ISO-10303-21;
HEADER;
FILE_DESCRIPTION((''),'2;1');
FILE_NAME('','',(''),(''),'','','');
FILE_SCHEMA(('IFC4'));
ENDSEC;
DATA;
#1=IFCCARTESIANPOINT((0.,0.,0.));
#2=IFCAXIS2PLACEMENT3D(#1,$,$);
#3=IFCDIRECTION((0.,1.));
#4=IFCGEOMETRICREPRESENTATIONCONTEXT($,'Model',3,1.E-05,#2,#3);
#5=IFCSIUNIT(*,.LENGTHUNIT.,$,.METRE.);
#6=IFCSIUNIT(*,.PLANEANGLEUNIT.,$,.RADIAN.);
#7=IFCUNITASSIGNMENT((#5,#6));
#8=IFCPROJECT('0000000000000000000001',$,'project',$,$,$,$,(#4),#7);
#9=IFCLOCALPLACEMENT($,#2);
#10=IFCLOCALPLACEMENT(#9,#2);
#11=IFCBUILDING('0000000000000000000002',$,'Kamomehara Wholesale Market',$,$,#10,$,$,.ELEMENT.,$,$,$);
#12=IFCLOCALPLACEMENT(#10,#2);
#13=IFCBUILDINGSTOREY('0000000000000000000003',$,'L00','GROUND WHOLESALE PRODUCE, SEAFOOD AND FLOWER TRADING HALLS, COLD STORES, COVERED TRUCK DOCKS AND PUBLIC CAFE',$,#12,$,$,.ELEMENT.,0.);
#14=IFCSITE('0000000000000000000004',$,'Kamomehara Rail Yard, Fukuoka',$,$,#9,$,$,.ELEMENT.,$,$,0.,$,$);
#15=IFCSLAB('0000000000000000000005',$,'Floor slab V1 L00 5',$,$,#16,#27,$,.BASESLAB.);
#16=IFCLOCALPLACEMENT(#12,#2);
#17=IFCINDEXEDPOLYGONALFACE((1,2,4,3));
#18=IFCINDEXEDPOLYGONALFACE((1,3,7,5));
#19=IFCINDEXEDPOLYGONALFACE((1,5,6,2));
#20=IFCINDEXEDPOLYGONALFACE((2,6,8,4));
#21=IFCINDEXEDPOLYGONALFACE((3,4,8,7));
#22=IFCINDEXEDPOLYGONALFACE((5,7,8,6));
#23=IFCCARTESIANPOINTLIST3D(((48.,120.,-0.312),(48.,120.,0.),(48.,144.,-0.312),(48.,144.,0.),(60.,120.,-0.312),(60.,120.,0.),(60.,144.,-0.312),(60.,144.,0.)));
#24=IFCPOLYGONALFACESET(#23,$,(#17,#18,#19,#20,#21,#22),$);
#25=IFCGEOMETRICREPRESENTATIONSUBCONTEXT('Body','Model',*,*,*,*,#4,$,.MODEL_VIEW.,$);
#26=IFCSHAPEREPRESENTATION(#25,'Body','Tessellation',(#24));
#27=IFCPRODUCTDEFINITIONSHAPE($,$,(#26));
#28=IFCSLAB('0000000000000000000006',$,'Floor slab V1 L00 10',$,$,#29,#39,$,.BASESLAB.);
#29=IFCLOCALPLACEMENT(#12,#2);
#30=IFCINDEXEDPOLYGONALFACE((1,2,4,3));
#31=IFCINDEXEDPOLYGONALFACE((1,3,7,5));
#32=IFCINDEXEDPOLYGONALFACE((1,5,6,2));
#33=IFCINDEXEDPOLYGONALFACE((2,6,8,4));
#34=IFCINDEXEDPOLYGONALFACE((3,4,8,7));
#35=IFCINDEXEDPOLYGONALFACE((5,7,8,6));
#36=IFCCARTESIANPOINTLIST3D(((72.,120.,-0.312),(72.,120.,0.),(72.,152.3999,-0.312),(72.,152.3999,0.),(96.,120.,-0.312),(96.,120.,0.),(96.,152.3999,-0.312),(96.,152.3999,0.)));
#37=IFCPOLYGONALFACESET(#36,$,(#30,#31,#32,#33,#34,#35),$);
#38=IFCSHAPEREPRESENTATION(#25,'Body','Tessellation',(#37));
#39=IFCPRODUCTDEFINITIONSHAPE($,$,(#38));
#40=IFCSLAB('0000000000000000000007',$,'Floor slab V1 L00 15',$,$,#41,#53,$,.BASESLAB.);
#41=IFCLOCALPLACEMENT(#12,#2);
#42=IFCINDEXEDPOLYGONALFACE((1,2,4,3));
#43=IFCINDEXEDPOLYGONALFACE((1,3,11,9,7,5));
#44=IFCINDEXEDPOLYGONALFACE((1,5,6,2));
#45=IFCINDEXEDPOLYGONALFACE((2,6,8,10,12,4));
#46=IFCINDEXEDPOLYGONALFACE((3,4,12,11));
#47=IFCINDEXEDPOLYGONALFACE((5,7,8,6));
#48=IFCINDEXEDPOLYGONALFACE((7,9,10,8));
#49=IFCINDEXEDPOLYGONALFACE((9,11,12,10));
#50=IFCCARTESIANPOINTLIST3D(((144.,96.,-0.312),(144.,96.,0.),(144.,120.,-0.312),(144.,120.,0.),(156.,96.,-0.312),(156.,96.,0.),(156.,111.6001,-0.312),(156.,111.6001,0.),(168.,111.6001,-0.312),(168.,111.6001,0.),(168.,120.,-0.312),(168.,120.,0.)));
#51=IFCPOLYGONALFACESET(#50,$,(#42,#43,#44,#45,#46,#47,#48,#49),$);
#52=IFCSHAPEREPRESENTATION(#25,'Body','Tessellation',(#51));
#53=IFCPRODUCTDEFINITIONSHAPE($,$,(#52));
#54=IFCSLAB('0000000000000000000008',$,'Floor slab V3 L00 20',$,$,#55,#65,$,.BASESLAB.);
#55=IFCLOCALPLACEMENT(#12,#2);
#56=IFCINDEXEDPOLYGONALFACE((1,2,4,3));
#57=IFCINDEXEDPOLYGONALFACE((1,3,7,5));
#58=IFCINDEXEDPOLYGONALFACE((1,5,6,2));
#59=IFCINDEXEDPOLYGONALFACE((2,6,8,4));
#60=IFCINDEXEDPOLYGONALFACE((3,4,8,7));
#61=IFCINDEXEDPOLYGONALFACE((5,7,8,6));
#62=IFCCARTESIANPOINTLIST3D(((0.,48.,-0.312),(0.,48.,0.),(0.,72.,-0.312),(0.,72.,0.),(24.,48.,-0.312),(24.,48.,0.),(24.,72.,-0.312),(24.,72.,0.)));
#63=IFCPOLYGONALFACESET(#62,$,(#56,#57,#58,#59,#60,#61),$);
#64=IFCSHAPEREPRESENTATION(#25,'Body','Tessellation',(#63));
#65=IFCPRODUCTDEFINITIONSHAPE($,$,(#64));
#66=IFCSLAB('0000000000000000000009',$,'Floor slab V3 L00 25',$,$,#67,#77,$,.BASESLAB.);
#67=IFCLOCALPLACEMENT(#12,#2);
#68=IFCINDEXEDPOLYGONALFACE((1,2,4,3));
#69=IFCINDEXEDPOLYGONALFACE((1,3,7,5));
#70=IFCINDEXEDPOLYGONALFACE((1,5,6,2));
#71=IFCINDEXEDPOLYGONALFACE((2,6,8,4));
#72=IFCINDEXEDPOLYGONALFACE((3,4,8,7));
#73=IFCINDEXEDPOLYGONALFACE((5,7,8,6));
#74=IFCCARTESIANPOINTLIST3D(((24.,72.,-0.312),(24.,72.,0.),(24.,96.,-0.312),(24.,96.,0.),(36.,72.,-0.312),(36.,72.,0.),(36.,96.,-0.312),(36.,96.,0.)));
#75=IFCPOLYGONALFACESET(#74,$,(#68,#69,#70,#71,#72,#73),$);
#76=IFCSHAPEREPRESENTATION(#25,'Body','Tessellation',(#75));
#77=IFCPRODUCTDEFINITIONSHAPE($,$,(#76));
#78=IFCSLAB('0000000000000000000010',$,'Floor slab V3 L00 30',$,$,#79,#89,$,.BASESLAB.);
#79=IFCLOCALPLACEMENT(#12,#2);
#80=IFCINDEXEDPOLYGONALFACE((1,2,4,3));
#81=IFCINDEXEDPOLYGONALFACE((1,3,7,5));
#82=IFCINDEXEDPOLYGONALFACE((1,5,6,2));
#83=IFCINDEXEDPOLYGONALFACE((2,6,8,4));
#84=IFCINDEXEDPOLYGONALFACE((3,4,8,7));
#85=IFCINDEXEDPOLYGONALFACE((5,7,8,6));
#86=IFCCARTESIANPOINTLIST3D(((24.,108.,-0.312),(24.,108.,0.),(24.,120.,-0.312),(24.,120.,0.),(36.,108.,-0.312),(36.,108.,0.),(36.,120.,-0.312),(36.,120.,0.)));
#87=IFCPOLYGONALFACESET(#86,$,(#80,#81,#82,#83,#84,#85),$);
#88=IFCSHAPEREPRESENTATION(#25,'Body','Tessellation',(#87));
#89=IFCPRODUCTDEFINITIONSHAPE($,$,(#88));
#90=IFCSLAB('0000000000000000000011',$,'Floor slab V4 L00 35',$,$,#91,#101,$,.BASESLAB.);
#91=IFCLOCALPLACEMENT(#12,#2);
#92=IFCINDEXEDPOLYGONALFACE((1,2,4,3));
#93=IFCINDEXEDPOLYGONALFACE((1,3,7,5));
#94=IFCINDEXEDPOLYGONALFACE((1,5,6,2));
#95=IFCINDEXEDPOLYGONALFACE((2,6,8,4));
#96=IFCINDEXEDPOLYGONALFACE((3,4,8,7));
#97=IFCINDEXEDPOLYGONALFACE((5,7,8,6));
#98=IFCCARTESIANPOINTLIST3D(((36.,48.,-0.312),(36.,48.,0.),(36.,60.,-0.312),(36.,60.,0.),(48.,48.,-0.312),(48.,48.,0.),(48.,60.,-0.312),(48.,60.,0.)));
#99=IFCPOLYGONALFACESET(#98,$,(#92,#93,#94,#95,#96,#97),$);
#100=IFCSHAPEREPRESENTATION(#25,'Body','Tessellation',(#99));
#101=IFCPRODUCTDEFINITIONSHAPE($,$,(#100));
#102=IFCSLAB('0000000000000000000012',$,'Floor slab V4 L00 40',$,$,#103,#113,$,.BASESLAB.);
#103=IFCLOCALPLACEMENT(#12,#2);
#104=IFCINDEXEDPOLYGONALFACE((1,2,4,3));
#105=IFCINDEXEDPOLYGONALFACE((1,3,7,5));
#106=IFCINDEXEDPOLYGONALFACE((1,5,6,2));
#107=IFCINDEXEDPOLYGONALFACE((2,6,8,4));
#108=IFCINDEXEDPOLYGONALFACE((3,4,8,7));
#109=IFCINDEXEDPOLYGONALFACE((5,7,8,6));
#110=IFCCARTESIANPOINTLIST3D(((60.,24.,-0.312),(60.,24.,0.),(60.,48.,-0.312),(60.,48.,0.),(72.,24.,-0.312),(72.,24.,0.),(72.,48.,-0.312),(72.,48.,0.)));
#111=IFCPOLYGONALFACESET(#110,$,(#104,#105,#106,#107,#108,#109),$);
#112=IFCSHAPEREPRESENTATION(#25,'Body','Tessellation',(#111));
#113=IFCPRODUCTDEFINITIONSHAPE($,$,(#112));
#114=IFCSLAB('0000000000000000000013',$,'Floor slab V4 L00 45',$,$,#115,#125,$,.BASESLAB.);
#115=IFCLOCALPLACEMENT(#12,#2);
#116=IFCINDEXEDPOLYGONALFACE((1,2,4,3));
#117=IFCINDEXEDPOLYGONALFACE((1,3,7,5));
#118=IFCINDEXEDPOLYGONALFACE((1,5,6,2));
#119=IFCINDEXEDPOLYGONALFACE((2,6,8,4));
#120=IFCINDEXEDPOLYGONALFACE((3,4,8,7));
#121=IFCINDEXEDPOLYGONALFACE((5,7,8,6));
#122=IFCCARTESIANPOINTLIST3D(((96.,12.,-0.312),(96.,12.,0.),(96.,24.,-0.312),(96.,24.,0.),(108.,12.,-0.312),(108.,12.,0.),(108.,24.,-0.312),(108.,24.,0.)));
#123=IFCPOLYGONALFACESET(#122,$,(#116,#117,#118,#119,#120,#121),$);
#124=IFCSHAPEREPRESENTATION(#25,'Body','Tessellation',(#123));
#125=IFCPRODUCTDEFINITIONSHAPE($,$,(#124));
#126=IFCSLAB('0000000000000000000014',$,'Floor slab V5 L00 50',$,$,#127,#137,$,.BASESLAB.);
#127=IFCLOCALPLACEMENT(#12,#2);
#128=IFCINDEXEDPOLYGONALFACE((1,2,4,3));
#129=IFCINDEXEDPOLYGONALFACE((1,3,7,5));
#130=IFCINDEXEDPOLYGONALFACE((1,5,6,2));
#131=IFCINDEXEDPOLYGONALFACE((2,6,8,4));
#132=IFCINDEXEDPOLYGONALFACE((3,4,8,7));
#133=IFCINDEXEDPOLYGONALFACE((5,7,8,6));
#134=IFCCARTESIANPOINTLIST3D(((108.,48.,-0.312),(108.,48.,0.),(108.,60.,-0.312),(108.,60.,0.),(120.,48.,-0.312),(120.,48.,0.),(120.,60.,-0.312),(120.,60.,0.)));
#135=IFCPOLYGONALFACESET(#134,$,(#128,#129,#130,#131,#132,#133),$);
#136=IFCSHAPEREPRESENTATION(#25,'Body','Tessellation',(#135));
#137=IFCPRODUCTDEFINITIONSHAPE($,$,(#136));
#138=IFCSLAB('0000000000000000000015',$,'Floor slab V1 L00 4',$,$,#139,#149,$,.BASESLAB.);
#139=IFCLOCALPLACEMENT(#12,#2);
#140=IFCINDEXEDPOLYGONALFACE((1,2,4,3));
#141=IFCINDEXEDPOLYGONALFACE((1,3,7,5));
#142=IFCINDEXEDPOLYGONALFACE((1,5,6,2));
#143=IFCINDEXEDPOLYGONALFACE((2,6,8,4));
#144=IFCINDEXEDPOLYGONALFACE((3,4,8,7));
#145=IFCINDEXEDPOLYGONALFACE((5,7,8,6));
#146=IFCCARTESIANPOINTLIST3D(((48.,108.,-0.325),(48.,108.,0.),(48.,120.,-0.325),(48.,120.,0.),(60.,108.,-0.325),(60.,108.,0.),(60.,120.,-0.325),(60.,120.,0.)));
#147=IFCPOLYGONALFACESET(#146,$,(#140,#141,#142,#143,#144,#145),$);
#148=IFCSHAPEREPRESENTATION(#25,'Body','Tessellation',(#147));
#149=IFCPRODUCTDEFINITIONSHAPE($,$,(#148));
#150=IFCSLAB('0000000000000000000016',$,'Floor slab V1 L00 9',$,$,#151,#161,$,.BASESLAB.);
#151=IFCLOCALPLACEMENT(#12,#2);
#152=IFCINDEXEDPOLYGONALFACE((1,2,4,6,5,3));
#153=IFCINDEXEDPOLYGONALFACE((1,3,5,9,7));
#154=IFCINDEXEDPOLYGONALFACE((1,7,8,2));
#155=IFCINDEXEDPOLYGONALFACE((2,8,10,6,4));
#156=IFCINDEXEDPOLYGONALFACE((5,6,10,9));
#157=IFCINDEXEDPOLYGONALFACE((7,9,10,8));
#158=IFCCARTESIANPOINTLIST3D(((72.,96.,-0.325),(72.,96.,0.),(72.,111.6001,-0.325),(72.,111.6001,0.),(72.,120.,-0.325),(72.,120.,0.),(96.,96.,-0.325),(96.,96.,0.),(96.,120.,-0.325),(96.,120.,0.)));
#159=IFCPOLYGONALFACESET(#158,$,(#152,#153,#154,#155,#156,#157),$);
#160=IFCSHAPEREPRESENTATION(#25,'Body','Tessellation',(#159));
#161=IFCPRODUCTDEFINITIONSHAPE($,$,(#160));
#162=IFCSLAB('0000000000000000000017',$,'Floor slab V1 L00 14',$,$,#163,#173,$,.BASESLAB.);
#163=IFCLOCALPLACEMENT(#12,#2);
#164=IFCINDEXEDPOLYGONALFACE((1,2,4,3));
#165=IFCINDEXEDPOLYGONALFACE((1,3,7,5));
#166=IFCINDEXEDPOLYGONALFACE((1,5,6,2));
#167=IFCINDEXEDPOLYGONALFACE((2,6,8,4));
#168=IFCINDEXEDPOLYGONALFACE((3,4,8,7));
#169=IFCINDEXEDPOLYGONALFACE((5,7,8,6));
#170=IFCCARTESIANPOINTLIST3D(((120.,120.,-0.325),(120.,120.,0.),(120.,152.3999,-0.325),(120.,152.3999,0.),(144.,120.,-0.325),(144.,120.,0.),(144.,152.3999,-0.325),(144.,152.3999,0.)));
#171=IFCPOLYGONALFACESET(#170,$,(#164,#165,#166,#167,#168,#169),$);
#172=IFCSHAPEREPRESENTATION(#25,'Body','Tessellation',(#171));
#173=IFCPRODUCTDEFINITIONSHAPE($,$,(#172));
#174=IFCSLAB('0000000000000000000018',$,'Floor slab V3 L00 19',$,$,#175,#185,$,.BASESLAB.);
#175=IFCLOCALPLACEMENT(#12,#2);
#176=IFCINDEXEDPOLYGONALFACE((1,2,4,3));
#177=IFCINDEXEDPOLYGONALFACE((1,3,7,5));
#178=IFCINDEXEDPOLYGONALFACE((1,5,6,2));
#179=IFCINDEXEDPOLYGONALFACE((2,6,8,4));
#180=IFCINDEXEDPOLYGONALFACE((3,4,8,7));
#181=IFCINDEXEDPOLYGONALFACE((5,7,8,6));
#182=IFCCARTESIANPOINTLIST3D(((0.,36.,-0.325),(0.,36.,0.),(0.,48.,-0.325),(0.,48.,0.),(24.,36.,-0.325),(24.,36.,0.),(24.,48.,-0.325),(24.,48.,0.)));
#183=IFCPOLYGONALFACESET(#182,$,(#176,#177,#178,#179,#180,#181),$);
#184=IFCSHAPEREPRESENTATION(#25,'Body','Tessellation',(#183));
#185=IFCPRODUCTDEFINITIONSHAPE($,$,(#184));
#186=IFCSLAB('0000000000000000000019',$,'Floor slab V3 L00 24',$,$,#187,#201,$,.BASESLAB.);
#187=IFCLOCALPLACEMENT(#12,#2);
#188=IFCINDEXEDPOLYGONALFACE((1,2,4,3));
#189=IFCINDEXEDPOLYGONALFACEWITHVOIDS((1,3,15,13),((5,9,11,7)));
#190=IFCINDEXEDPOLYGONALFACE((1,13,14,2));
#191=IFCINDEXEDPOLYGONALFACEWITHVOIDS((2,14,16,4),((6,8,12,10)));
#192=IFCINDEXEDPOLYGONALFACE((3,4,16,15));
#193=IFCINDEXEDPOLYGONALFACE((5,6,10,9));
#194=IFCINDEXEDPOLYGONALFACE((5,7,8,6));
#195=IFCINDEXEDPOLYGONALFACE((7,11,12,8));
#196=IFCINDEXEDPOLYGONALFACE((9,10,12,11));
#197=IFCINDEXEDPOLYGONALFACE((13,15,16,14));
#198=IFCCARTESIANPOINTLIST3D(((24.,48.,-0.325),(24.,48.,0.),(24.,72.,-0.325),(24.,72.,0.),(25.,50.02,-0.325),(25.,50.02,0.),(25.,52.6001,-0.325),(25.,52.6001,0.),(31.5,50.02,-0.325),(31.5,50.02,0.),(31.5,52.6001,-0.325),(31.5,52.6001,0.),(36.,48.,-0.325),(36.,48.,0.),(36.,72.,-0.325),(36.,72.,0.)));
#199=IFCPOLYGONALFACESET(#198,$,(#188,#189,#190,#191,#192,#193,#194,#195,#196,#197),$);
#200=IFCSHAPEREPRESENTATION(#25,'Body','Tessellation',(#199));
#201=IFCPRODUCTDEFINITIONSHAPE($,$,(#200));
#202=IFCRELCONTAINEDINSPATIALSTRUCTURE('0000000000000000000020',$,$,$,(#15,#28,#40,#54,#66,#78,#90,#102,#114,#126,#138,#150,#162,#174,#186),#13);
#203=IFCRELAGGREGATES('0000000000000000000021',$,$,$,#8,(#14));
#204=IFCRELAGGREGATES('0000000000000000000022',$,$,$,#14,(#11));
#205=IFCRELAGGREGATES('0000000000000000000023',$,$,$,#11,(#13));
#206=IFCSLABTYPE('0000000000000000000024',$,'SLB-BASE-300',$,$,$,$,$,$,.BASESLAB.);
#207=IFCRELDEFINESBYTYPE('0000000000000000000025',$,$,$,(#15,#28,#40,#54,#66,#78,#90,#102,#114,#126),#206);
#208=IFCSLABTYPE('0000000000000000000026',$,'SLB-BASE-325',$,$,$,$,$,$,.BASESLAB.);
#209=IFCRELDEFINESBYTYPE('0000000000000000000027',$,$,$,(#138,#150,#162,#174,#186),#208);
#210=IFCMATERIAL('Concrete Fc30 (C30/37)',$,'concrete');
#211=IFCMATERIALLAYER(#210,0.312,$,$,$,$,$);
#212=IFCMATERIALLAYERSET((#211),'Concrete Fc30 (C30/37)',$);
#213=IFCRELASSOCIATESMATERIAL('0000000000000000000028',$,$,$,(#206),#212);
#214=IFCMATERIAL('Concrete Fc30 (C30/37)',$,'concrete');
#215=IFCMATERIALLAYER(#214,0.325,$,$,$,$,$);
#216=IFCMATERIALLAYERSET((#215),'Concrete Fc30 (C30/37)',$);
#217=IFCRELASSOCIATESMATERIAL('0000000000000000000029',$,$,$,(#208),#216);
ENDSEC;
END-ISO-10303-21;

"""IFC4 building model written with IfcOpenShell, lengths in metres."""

from ifc_helpers import new_model, si_unit, direction, frame, origin, place, context, subcontext, project, spatial, polyline, outline, extrude, material, layer, layer_set, type_object, element, save


model = new_model("IFC4")

# Units and contexts
model_context = context("Model", 3, precision=1e-05, world=origin(), true_north=direction((0.0, 1.0)))
body_context = subcontext(model_context, "Body", "Model", "MODEL_VIEW")
ifc_project = project(units=[si_unit("LENGTHUNIT", "METRE"), si_unit("PLANEANGLEUNIT", "RADIAN")], contexts=[model_context])

# Site, building, storey
site_placement = place(None, origin())
site = spatial("IfcSite", under=ifc_project, at=site_placement, Name="Kamomehara Rail Yard, Fukuoka", CompositionType="ELEMENT", RefElevation=0.0)
building_placement = place(site_placement, origin())
building = spatial("IfcBuilding", under=site, at=building_placement, Name="Kamomehara Wholesale Market", CompositionType="ELEMENT")
storey_placement = place(building_placement, origin())
storey = spatial("IfcBuildingStorey", under=building, at=storey_placement, Name="L00", Description="GROUND WHOLESALE PRODUCE, SEAFOOD AND FLOWER TRADING HALLS, COLD STORES, COVERED TRUCK DOCKS AND PUBLIC CAFE", CompositionType="ELEMENT", Elevation=0.0)

# Slabs
ifc_material_1 = material(Name="Concrete Fc30 (C30/37)", Category="concrete")
ifc_layer_1 = layer(ifc_material_1, 0.312)
ifc_layer_set_1 = layer_set([ifc_layer_1], Name="Concrete Fc30 (C30/37)")
slab_type_1 = type_object("IfcSlabType", Name="SLB-BASE-300", PredefinedType="BASESLAB", material=ifc_layer_set_1)
slab_1_placement = place(storey_placement, frame((0.0, 0.0, -0.312)))
element("IfcSlab", 1, at=slab_1_placement, inside=storey, type_object=slab_type_1, Name="Floor slab V1 L00 5", PredefinedType="BASESLAB", context=body_context, shape_type="SweptSolid", body=[
    extrude(outline(polyline([(60.0, 120.0), (48.0, 120.0), (48.0, 144.0), (60.0, 144.0), (60.0, 120.0)])), origin(), (0.0, 0.0, 1.0), 0.312),
])
slab_2_placement = place(storey_placement, frame((0.0, 0.0, -0.312)))
element("IfcSlab", 2, at=slab_2_placement, inside=storey, type_object=slab_type_1, Name="Floor slab V1 L00 10", PredefinedType="BASESLAB", context=body_context, shape_type="SweptSolid", body=[
    extrude(outline(polyline([(96.0, 120.0), (72.0, 120.0), (72.0, 152.3999), (96.0, 152.3999), (96.0, 120.0)])), origin(), (0.0, 0.0, 1.0), 0.312),
])
slab_3_placement = place(storey_placement, frame((0.0, 0.0, -0.312)))
element("IfcSlab", 3, at=slab_3_placement, inside=storey, type_object=slab_type_1, Name="Floor slab V1 L00 15", PredefinedType="BASESLAB", context=body_context, shape_type="SweptSolid", body=[
    extrude(outline(polyline([(144.0, 120.0), (168.0, 120.0), (168.0, 111.6001), (156.0, 111.6001), (156.0, 96.0), (144.0, 96.0), (144.0, 120.0)])), origin(), (0.0, 0.0, 1.0), 0.312),
])
slab_4_placement = place(storey_placement, frame((0.0, 0.0, -0.312)))
element("IfcSlab", 4, at=slab_4_placement, inside=storey, type_object=slab_type_1, Name="Floor slab V3 L00 20", PredefinedType="BASESLAB", context=body_context, shape_type="SweptSolid", body=[
    extrude(outline(polyline([(24.0, 72.0), (24.0, 48.0), (0.0, 48.0), (0.0, 72.0), (24.0, 72.0)])), origin(), (0.0, 0.0, 1.0), 0.312),
])
slab_5_placement = place(storey_placement, frame((0.0, 0.0, -0.312)))
element("IfcSlab", 5, at=slab_5_placement, inside=storey, type_object=slab_type_1, Name="Floor slab V3 L00 25", PredefinedType="BASESLAB", context=body_context, shape_type="SweptSolid", body=[
    extrude(outline(polyline([(36.0, 72.0), (24.0, 72.0), (24.0, 96.0), (36.0, 96.0), (36.0, 72.0)])), origin(), (0.0, 0.0, 1.0), 0.312),
])
slab_6_placement = place(storey_placement, frame((0.0, 0.0, -0.312)))
element("IfcSlab", 6, at=slab_6_placement, inside=storey, type_object=slab_type_1, Name="Floor slab V3 L00 30", PredefinedType="BASESLAB", context=body_context, shape_type="SweptSolid", body=[
    extrude(outline(polyline([(36.0, 108.0), (24.0, 108.0), (24.0, 120.0), (36.0, 120.0), (36.0, 108.0)])), origin(), (0.0, 0.0, 1.0), 0.312),
])
slab_7_placement = place(storey_placement, frame((0.0, 0.0, -0.312)))
element("IfcSlab", 7, at=slab_7_placement, inside=storey, type_object=slab_type_1, Name="Floor slab V4 L00 35", PredefinedType="BASESLAB", context=body_context, shape_type="SweptSolid", body=[
    extrude(outline(polyline([(48.0, 48.0), (36.0, 48.0), (36.0, 60.0), (48.0, 60.0), (48.0, 48.0)])), origin(), (0.0, 0.0, 1.0), 0.312),
])
slab_8_placement = place(storey_placement, frame((0.0, 0.0, -0.312)))
element("IfcSlab", 8, at=slab_8_placement, inside=storey, type_object=slab_type_1, Name="Floor slab V4 L00 40", PredefinedType="BASESLAB", context=body_context, shape_type="SweptSolid", body=[
    extrude(outline(polyline([(72.0, 48.0), (72.0, 24.0), (60.0, 24.0), (60.0, 48.0), (72.0, 48.0)])), origin(), (0.0, 0.0, 1.0), 0.312),
])
slab_9_placement = place(storey_placement, frame((0.0, 0.0, -0.312)))
element("IfcSlab", 9, at=slab_9_placement, inside=storey, type_object=slab_type_1, Name="Floor slab V4 L00 45", PredefinedType="BASESLAB", context=body_context, shape_type="SweptSolid", body=[
    extrude(outline(polyline([(108.0, 12.0), (96.0, 12.0), (96.0, 24.0), (108.0, 24.0), (108.0, 12.0)])), origin(), (0.0, 0.0, 1.0), 0.312),
])
slab_10_placement = place(storey_placement, frame((0.0, 0.0, -0.312)))
element("IfcSlab", 10, at=slab_10_placement, inside=storey, type_object=slab_type_1, Name="Floor slab V5 L00 50", PredefinedType="BASESLAB", context=body_context, shape_type="SweptSolid", body=[
    extrude(outline(polyline([(120.0, 48.0), (108.0, 48.0), (108.0, 60.0), (120.0, 60.0), (120.0, 48.0)])), origin(), (0.0, 0.0, 1.0), 0.312),
])
ifc_material_2 = material(Name="Concrete Fc30 (C30/37)", Category="concrete")
ifc_layer_2 = layer(ifc_material_2, 0.325)
ifc_layer_set_2 = layer_set([ifc_layer_2], Name="Concrete Fc30 (C30/37)")
slab_type_2 = type_object("IfcSlabType", Name="SLB-BASE-325", PredefinedType="BASESLAB", material=ifc_layer_set_2)
slab_11_placement = place(storey_placement, frame((0.0, 0.0, -0.325)))
element("IfcSlab", 11, at=slab_11_placement, inside=storey, type_object=slab_type_2, Name="Floor slab V1 L00 4", PredefinedType="BASESLAB", context=body_context, shape_type="SweptSolid", body=[
    extrude(outline(polyline([(60.0, 108.0), (48.0, 108.0), (48.0, 120.0), (60.0, 120.0), (60.0, 108.0)])), origin(), (0.0, 0.0, 1.0), 0.325),
])
slab_12_placement = place(storey_placement, frame((0.0, 0.0, -0.325)))
element("IfcSlab", 12, at=slab_12_placement, inside=storey, type_object=slab_type_2, Name="Floor slab V1 L00 9", PredefinedType="BASESLAB", context=body_context, shape_type="SweptSolid", body=[
    extrude(outline(polyline([(72.0, 120.0), (96.0, 120.0), (96.0, 96.0), (72.0, 96.0), (72.0, 111.6001), (72.0, 120.0)])), origin(), (0.0, 0.0, 1.0), 0.325),
])
slab_13_placement = place(storey_placement, frame((0.0, 0.0, -0.325)))
element("IfcSlab", 13, at=slab_13_placement, inside=storey, type_object=slab_type_2, Name="Floor slab V1 L00 14", PredefinedType="BASESLAB", context=body_context, shape_type="SweptSolid", body=[
    extrude(outline(polyline([(144.0, 120.0), (120.0, 120.0), (120.0, 152.3999), (144.0, 152.3999), (144.0, 120.0)])), origin(), (0.0, 0.0, 1.0), 0.325),
])
slab_14_placement = place(storey_placement, frame((0.0, 0.0, -0.325)))
element("IfcSlab", 14, at=slab_14_placement, inside=storey, type_object=slab_type_2, Name="Floor slab V3 L00 19", PredefinedType="BASESLAB", context=body_context, shape_type="SweptSolid", body=[
    extrude(outline(polyline([(24.0, 48.0), (24.0, 36.0), (0.0, 36.0), (0.0, 48.0), (24.0, 48.0)])), origin(), (0.0, 0.0, 1.0), 0.325),
])
slab_15_placement = place(storey_placement, frame((0.0, 0.0, -0.325)))
element("IfcSlab", 15, at=slab_15_placement, inside=storey, type_object=slab_type_2, Name="Floor slab V3 L00 24", PredefinedType="BASESLAB", context=body_context, shape_type="SweptSolid", body=[
    extrude(outline(polyline([(36.0, 48.0), (24.0, 48.0), (24.0, 72.0), (36.0, 72.0), (36.0, 48.0)]), holes=[polyline([(31.5, 50.02), (31.5, 52.6001), (25.0, 52.6001), (25.0, 50.02), (31.5, 50.02)])]), origin(), (0.0, 0.0, 1.0), 0.325),
])

save(model, "model.ifc")
